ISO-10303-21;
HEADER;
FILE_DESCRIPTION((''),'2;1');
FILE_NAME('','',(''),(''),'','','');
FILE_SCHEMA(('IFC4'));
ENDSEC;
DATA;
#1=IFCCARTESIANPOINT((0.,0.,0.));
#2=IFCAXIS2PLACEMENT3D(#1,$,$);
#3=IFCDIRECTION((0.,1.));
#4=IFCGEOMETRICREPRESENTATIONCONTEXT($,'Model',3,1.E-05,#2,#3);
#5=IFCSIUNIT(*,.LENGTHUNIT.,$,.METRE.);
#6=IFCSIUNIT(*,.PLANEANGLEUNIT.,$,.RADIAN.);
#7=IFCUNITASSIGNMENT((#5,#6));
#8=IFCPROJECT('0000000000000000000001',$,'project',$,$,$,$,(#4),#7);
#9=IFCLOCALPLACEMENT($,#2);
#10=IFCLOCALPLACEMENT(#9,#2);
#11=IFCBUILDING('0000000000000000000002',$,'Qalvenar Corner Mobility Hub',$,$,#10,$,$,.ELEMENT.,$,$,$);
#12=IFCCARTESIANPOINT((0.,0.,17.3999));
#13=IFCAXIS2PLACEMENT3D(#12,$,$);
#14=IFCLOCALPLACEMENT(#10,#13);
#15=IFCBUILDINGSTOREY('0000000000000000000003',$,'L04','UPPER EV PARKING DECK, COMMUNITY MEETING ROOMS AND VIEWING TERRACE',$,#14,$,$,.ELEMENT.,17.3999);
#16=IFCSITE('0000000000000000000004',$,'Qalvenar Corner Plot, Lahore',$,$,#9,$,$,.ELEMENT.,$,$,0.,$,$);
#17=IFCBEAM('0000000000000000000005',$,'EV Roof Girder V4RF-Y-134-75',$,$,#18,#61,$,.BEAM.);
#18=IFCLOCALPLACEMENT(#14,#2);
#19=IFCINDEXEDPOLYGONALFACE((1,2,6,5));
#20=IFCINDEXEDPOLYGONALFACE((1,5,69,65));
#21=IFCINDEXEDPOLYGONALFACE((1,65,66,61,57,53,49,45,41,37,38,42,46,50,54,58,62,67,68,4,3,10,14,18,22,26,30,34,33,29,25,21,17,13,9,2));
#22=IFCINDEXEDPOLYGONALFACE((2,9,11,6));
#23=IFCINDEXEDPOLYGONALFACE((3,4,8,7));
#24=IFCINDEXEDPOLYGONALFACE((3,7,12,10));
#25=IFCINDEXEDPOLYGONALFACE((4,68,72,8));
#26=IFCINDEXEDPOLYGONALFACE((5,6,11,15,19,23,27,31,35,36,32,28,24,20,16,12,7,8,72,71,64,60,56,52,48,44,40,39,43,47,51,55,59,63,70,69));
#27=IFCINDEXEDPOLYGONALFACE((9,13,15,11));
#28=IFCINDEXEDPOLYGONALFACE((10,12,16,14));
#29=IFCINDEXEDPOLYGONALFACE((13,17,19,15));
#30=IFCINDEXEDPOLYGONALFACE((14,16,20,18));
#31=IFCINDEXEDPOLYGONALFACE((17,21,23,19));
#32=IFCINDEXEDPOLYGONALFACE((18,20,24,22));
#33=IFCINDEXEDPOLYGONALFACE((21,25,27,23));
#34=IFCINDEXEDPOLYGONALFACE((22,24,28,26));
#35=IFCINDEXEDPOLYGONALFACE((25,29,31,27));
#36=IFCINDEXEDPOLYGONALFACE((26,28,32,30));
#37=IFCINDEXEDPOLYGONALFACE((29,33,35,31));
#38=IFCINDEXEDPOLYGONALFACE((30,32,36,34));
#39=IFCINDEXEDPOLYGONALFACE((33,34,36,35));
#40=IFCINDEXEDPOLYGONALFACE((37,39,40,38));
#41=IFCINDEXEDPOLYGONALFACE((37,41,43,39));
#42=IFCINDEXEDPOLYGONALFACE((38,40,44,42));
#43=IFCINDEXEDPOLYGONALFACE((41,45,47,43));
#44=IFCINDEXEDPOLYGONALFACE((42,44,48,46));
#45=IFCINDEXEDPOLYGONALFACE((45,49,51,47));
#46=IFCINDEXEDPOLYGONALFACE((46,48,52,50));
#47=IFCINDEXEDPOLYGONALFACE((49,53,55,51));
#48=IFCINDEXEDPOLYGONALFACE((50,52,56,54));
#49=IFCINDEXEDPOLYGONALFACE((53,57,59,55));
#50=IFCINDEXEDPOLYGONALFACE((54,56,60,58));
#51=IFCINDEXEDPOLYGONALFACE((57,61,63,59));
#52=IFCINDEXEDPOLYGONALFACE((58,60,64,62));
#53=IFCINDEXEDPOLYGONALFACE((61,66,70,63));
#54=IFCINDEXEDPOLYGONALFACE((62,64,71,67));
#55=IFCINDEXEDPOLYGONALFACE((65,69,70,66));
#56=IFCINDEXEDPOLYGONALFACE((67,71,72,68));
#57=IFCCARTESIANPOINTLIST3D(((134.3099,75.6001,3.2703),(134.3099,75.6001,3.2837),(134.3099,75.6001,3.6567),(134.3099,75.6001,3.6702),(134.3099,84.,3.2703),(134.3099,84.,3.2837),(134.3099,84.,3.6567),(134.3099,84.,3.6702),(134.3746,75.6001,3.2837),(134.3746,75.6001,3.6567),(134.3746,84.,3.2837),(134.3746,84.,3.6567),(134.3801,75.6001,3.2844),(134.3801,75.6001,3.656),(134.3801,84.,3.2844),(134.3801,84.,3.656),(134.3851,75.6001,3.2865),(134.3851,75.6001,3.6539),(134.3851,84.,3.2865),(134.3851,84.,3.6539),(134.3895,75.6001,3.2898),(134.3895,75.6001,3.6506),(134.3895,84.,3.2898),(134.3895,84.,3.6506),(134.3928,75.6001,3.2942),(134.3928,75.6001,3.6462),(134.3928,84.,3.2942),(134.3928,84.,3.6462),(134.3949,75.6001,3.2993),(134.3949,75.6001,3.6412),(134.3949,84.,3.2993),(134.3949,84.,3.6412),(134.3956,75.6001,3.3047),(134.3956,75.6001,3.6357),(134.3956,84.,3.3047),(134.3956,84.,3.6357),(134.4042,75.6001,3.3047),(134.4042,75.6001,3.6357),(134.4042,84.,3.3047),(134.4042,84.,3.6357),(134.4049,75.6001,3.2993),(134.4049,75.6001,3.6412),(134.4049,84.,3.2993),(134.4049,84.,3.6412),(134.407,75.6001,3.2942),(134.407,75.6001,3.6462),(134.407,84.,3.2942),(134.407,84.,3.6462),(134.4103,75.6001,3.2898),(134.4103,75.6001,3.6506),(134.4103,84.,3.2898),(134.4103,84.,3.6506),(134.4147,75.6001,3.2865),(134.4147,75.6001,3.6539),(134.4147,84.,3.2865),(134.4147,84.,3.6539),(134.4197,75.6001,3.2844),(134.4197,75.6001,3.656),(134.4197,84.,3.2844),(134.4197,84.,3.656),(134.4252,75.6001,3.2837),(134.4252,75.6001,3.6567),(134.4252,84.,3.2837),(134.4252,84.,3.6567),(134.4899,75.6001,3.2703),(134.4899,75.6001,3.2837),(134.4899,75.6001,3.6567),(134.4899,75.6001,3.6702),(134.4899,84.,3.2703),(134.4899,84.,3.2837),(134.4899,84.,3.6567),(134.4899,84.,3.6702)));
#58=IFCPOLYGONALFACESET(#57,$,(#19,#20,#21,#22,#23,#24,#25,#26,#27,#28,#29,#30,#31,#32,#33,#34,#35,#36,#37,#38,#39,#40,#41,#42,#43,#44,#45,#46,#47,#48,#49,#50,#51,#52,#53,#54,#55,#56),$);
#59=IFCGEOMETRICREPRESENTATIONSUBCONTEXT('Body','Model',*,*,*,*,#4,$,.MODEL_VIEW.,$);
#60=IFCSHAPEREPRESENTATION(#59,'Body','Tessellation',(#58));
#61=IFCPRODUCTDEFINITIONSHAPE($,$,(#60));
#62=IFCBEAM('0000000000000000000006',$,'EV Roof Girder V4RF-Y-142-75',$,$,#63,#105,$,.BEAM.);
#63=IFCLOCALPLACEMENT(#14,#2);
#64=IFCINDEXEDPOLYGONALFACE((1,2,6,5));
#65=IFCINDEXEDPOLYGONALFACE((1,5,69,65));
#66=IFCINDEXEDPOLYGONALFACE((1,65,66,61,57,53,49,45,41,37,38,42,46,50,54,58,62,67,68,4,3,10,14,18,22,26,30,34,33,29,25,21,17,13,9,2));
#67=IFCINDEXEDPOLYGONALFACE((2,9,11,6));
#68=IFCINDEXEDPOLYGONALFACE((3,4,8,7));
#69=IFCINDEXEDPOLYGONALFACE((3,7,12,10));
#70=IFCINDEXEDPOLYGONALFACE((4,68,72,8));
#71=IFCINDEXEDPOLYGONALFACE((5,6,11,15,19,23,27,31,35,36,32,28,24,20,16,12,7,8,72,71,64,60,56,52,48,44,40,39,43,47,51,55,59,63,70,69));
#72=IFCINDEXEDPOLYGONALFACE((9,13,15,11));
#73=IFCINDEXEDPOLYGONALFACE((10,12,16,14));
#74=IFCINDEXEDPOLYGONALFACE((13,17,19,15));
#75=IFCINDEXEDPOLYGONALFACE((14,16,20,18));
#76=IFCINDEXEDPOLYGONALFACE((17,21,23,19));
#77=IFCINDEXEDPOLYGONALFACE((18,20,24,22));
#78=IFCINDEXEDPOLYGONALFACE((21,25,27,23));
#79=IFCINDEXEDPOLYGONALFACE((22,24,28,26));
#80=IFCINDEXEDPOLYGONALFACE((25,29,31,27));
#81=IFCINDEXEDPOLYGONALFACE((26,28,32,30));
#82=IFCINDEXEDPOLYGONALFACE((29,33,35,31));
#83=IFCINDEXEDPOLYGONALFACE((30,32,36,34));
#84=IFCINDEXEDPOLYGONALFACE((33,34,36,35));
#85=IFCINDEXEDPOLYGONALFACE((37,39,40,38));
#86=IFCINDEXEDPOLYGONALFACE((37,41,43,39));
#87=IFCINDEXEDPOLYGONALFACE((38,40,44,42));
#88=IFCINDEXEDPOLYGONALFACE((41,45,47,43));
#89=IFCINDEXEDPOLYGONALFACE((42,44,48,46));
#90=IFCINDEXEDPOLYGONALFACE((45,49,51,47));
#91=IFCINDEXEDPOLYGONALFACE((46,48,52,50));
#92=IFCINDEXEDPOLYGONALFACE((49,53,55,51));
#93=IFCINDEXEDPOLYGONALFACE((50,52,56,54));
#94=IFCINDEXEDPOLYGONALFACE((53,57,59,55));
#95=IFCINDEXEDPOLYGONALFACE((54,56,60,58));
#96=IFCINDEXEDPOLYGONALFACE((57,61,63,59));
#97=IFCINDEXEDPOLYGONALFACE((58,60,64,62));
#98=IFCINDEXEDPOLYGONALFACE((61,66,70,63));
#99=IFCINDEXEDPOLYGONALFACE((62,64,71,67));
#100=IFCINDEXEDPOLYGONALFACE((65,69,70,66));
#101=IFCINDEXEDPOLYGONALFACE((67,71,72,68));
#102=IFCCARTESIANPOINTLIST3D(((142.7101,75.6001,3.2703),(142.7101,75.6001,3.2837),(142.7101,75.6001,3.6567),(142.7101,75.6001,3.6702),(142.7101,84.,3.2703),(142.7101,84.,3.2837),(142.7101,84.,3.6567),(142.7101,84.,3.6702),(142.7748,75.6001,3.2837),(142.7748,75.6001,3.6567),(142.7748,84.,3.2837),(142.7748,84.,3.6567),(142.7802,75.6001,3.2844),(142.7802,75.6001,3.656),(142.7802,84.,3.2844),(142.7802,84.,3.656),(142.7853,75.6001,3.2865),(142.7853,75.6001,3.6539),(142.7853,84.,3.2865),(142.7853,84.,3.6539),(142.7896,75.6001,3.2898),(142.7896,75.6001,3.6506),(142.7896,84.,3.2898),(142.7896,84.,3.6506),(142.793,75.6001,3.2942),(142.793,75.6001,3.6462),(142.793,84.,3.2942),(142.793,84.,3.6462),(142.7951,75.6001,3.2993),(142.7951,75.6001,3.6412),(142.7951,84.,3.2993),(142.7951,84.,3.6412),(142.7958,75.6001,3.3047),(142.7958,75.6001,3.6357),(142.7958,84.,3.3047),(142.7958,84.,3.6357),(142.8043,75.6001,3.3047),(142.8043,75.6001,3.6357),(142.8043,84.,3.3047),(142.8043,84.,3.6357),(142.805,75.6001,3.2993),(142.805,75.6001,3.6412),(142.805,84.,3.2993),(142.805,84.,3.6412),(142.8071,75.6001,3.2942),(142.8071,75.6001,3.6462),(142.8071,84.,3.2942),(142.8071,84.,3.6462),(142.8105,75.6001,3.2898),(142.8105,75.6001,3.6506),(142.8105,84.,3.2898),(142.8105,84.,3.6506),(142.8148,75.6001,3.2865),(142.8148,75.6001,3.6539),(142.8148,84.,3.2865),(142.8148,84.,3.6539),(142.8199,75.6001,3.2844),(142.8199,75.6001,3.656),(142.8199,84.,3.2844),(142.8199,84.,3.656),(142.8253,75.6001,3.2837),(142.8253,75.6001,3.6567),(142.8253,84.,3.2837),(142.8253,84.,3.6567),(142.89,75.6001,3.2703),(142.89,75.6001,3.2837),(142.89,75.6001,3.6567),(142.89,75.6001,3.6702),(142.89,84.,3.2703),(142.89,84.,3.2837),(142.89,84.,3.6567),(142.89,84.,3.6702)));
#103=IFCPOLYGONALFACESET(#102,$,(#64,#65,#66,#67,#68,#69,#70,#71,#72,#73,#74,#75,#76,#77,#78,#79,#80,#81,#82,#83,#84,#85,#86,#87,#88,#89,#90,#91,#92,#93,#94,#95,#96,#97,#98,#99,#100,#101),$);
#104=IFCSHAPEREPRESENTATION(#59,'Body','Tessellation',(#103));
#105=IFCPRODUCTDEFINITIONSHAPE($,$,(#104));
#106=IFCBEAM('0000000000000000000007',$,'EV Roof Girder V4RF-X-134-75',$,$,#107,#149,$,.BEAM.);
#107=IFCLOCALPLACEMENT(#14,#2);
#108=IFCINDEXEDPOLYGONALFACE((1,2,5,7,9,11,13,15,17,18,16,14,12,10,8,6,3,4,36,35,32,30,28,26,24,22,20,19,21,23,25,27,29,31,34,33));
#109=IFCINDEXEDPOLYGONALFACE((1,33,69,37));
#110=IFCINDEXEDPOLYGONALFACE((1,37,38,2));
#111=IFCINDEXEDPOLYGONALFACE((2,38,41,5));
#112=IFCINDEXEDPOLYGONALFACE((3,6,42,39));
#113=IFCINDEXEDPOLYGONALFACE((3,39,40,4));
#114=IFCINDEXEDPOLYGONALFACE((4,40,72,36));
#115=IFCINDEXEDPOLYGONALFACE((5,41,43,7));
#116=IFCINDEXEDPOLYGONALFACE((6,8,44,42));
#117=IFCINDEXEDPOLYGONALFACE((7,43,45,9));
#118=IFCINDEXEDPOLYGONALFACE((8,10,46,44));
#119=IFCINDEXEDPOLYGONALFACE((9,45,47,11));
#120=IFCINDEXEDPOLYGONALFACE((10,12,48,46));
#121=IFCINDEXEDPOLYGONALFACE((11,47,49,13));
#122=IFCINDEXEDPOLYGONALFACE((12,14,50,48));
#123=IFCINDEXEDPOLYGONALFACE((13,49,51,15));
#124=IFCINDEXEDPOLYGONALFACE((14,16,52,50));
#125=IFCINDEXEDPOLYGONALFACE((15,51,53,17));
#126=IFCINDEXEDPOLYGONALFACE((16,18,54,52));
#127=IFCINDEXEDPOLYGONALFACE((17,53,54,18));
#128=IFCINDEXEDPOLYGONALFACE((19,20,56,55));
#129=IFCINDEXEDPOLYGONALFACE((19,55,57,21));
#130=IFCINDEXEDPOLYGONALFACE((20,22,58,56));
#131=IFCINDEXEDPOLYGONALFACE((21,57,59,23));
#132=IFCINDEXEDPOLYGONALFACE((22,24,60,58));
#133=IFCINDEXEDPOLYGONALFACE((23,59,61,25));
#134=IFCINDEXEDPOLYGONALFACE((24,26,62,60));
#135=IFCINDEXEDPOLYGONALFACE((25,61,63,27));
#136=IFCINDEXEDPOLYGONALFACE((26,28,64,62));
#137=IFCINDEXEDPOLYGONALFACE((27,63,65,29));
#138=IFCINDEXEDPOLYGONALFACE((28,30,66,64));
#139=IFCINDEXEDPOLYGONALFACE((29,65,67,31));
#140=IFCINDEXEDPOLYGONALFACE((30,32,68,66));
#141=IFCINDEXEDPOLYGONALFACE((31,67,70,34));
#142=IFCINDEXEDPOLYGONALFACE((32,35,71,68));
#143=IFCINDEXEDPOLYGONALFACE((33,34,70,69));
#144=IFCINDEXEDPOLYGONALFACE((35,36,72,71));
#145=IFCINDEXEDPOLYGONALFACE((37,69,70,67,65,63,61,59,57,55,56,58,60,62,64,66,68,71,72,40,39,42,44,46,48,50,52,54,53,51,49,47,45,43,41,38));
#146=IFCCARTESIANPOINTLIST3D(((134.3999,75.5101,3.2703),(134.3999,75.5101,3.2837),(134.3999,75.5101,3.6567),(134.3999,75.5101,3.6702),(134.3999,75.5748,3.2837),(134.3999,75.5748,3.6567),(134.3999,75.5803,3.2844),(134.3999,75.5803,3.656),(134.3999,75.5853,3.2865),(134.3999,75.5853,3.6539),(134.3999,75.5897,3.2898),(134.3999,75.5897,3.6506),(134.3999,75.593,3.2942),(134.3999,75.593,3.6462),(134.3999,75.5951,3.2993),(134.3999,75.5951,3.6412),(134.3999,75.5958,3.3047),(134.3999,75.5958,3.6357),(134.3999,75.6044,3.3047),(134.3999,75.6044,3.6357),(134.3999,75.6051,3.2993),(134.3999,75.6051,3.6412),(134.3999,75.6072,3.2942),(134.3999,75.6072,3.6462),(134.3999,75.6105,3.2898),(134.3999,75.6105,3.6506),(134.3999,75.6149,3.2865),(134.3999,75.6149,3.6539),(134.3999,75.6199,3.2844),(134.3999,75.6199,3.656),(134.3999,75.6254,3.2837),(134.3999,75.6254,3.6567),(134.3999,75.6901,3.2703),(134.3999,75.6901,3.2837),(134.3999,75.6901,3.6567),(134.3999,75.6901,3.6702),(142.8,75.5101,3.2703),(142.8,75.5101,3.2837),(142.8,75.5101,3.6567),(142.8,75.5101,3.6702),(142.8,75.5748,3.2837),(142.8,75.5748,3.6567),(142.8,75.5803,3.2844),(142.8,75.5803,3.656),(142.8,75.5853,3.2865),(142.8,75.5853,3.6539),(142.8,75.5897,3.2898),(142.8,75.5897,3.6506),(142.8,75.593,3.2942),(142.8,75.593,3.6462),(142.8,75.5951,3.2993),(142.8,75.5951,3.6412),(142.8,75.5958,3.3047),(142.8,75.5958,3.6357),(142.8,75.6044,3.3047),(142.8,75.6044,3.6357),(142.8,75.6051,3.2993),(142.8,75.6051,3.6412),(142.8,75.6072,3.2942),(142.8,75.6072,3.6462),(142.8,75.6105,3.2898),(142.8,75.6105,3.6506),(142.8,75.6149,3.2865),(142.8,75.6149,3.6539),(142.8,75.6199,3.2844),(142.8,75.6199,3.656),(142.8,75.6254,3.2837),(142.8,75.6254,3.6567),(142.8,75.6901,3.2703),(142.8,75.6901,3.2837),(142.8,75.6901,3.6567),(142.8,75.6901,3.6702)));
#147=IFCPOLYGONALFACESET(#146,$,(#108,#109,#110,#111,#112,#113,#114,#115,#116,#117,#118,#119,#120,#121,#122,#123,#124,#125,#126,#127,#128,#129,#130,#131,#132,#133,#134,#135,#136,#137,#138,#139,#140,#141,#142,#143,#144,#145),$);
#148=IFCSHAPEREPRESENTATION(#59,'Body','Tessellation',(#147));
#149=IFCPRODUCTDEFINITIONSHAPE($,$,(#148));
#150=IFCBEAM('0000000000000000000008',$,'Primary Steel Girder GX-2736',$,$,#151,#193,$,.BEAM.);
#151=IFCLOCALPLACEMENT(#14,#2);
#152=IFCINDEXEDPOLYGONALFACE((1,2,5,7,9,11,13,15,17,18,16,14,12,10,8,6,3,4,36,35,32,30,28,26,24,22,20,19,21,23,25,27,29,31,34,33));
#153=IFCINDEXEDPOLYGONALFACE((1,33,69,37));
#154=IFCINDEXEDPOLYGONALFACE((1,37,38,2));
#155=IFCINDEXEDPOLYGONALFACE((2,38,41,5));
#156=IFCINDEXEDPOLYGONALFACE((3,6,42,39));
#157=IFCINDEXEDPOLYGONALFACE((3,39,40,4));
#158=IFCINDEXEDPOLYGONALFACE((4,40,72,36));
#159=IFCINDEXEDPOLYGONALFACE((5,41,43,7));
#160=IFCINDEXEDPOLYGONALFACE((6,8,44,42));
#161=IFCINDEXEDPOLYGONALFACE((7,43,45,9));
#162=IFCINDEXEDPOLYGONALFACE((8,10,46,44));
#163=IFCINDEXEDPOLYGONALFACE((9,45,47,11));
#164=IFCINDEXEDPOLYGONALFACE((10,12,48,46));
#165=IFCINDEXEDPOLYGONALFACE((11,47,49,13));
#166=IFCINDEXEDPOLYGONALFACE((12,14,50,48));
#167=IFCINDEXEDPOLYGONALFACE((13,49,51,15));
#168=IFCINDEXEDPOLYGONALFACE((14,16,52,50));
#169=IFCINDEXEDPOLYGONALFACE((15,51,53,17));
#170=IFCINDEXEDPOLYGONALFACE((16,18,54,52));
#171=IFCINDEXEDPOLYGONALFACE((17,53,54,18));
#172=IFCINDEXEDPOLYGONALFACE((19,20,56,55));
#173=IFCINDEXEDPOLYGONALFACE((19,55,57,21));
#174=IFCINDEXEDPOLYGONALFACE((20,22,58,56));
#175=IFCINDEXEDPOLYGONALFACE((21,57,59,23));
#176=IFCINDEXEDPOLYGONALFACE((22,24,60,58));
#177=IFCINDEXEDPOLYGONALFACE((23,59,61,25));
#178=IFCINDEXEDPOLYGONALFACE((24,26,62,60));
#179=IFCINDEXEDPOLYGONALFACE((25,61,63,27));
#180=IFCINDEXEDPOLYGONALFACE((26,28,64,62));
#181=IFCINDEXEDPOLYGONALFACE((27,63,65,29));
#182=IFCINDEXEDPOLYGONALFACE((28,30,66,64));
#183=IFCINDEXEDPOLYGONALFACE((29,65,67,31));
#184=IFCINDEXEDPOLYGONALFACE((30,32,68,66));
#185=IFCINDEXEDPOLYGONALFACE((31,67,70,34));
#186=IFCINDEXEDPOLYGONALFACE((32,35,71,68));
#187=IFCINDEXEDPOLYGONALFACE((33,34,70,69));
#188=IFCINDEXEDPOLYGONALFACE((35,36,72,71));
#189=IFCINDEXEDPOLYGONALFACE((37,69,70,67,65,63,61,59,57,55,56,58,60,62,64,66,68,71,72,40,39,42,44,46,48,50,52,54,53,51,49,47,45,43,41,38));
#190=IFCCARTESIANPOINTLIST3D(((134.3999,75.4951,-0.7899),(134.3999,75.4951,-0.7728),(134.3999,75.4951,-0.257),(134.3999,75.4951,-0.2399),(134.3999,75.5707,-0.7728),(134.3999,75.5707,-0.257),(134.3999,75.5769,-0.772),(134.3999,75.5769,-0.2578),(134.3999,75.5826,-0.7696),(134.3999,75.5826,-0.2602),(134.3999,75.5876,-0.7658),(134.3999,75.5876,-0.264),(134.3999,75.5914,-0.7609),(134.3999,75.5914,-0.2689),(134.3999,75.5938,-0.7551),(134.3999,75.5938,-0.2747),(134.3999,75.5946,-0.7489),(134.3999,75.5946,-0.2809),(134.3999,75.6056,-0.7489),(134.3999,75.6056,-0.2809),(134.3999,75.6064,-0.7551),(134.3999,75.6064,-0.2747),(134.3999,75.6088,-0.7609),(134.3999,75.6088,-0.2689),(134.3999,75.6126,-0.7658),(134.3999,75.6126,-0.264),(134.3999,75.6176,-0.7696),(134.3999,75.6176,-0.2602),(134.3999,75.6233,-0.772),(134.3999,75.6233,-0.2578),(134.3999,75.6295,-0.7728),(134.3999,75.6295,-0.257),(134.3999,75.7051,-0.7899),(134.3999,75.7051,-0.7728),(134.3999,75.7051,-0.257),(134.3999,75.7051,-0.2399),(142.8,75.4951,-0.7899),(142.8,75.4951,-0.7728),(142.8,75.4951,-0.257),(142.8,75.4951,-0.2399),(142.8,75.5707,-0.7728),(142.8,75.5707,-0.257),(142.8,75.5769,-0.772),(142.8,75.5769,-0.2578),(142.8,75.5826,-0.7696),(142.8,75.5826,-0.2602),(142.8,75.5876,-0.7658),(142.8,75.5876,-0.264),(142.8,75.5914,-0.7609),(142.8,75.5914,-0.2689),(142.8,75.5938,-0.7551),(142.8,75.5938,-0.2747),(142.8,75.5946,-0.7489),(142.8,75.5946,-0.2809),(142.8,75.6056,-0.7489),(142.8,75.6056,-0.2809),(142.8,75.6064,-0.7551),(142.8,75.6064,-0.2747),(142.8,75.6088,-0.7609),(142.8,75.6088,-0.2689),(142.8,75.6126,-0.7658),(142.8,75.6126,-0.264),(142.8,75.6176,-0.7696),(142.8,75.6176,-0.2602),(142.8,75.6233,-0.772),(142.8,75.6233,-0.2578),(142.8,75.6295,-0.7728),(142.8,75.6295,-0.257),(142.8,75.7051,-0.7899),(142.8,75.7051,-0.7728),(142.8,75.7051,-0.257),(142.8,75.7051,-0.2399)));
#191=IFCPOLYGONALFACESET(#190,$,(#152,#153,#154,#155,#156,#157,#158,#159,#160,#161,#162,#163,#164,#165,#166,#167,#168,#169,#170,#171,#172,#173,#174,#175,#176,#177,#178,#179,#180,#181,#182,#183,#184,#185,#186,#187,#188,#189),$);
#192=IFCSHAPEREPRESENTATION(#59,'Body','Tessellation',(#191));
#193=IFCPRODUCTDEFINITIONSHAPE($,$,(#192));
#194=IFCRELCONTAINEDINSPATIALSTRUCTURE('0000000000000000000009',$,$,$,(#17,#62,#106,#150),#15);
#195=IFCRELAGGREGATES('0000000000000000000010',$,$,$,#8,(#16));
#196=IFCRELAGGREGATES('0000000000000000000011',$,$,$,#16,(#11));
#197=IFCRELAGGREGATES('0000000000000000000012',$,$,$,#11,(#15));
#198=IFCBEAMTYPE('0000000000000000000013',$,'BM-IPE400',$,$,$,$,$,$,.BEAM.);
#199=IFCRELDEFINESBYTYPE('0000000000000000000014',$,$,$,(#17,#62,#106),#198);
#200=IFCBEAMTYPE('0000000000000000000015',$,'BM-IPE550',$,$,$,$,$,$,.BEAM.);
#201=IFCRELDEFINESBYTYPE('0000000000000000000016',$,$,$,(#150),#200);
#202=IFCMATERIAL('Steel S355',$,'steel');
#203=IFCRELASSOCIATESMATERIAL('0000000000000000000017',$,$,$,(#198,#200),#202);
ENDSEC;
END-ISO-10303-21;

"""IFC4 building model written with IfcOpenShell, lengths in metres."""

from ifc_helpers import new_model, si_unit, direction, frame, origin, origin_2d, place, context, subcontext, project, spatial, i_section, extrude, material, material_profile, profile_set, type_object, element, save


model = new_model("IFC4")

# Units and contexts
model_context = context("Model", 3, precision=1e-05, world=origin(), true_north=direction((0.0, 1.0)))
body_context = subcontext(model_context, "Body", "Model", "MODEL_VIEW")
ifc_project = project(units=[si_unit("LENGTHUNIT", "METRE"), si_unit("PLANEANGLEUNIT", "RADIAN")], contexts=[model_context])

# Site, building, storey
site_placement = place(None, origin())
site = spatial("IfcSite", under=ifc_project, at=site_placement, Name="Qalvenar Corner Plot, Lahore", CompositionType="ELEMENT", RefElevation=0.0)
building_placement = place(site_placement, origin())
building = spatial("IfcBuilding", under=site, at=building_placement, Name="Qalvenar Corner Mobility Hub", CompositionType="ELEMENT")
storey_placement = place(building_placement, frame((0.0, 0.0, 17.3999)))
storey = spatial("IfcBuildingStorey", under=building, at=storey_placement, Name="L04", Description="UPPER EV PARKING DECK, COMMUNITY MEETING ROOMS AND VIEWING TERRACE", CompositionType="ELEMENT", Elevation=17.3999)

# Shared definitions
ifc_material_1 = material(Name="Steel S355", Category="steel")

# Beams
ifc_material_profile_1 = material_profile(ifc_material_1, i_section(OverallWidth=0.1799, OverallDepth=0.3999, WebThickness=0.0085, FlangeThickness=0.0134, FilletRadius=0.021, at=origin_2d()), Name="IPE400")
ifc_profile_set_1 = profile_set([ifc_material_profile_1], Name="Steel S355")
beam_type_1 = type_object("IfcBeamType", Name="BM-IPE400", PredefinedType="BEAM", material=ifc_profile_set_1)
for number, where, z_axis, x_axis, name in (
    (1, (134.3999, 75.6001, 3.4702), (0.0, 1.0, 0.0), (-1.0, 0.0, 0.0), "EV Roof Girder V4RF-Y-134-75"),
    (2, (142.8, 75.6001, 3.4702), (0.0, 1.0, 0.0), (-1.0, 0.0, 0.0), "EV Roof Girder V4RF-Y-142-75"),
):
    element("IfcBeam", number, at=place(storey_placement, frame(where, z_axis=z_axis, x_axis=x_axis)), inside=storey, type_object=beam_type_1, Name=name, PredefinedType="BEAM", context=body_context, shape_type="SweptSolid", body=[
        extrude(i_section(OverallWidth=0.1799, OverallDepth=0.3999, WebThickness=0.0085, FlangeThickness=0.0134, FilletRadius=0.021, at=origin_2d()), origin(), (0.0, 0.0, 1.0), 8.3999),
    ])
beam_1_placement = place(storey_placement, frame((134.3999, 75.6001, 3.4702), z_axis=(1.0, 0.0, 0.0), x_axis=(0.0, 1.0, 0.0)))
element("IfcBeam", 3, at=beam_1_placement, inside=storey, type_object=beam_type_1, Name="EV Roof Girder V4RF-X-134-75", PredefinedType="BEAM", context=body_context, shape_type="SweptSolid", body=[
    extrude(i_section(OverallWidth=0.1799, OverallDepth=0.3999, WebThickness=0.0085, FlangeThickness=0.0134, FilletRadius=0.021, at=origin_2d()), origin(), (0.0, 0.0, 1.0), 8.4001),
])
ifc_material_profile_2 = material_profile(ifc_material_1, i_section(OverallWidth=0.21, OverallDepth=0.55, WebThickness=0.011, FlangeThickness=0.0171, FilletRadius=0.0239, at=origin_2d()), Name="IPE550")
ifc_profile_set_2 = profile_set([ifc_material_profile_2], Name="Steel S355")
beam_type_2 = type_object("IfcBeamType", Name="BM-IPE550", PredefinedType="BEAM", material=ifc_profile_set_2)
beam_2_placement = place(storey_placement, frame((134.3999, 75.6001, -0.5149), z_axis=(1.0, 0.0, 0.0), x_axis=(0.0, 1.0, 0.0)))
element("IfcBeam", 4, at=beam_2_placement, inside=storey, type_object=beam_type_2, Name="Primary Steel Girder GX-2736", PredefinedType="BEAM", context=body_context, shape_type="SweptSolid", body=[
    extrude(i_section(OverallWidth=0.21, OverallDepth=0.55, WebThickness=0.011, FlangeThickness=0.0171, FilletRadius=0.0239, at=origin_2d()), origin(), (0.0, 0.0, 1.0), 8.4001),
])

save(model, "model.ifc")
